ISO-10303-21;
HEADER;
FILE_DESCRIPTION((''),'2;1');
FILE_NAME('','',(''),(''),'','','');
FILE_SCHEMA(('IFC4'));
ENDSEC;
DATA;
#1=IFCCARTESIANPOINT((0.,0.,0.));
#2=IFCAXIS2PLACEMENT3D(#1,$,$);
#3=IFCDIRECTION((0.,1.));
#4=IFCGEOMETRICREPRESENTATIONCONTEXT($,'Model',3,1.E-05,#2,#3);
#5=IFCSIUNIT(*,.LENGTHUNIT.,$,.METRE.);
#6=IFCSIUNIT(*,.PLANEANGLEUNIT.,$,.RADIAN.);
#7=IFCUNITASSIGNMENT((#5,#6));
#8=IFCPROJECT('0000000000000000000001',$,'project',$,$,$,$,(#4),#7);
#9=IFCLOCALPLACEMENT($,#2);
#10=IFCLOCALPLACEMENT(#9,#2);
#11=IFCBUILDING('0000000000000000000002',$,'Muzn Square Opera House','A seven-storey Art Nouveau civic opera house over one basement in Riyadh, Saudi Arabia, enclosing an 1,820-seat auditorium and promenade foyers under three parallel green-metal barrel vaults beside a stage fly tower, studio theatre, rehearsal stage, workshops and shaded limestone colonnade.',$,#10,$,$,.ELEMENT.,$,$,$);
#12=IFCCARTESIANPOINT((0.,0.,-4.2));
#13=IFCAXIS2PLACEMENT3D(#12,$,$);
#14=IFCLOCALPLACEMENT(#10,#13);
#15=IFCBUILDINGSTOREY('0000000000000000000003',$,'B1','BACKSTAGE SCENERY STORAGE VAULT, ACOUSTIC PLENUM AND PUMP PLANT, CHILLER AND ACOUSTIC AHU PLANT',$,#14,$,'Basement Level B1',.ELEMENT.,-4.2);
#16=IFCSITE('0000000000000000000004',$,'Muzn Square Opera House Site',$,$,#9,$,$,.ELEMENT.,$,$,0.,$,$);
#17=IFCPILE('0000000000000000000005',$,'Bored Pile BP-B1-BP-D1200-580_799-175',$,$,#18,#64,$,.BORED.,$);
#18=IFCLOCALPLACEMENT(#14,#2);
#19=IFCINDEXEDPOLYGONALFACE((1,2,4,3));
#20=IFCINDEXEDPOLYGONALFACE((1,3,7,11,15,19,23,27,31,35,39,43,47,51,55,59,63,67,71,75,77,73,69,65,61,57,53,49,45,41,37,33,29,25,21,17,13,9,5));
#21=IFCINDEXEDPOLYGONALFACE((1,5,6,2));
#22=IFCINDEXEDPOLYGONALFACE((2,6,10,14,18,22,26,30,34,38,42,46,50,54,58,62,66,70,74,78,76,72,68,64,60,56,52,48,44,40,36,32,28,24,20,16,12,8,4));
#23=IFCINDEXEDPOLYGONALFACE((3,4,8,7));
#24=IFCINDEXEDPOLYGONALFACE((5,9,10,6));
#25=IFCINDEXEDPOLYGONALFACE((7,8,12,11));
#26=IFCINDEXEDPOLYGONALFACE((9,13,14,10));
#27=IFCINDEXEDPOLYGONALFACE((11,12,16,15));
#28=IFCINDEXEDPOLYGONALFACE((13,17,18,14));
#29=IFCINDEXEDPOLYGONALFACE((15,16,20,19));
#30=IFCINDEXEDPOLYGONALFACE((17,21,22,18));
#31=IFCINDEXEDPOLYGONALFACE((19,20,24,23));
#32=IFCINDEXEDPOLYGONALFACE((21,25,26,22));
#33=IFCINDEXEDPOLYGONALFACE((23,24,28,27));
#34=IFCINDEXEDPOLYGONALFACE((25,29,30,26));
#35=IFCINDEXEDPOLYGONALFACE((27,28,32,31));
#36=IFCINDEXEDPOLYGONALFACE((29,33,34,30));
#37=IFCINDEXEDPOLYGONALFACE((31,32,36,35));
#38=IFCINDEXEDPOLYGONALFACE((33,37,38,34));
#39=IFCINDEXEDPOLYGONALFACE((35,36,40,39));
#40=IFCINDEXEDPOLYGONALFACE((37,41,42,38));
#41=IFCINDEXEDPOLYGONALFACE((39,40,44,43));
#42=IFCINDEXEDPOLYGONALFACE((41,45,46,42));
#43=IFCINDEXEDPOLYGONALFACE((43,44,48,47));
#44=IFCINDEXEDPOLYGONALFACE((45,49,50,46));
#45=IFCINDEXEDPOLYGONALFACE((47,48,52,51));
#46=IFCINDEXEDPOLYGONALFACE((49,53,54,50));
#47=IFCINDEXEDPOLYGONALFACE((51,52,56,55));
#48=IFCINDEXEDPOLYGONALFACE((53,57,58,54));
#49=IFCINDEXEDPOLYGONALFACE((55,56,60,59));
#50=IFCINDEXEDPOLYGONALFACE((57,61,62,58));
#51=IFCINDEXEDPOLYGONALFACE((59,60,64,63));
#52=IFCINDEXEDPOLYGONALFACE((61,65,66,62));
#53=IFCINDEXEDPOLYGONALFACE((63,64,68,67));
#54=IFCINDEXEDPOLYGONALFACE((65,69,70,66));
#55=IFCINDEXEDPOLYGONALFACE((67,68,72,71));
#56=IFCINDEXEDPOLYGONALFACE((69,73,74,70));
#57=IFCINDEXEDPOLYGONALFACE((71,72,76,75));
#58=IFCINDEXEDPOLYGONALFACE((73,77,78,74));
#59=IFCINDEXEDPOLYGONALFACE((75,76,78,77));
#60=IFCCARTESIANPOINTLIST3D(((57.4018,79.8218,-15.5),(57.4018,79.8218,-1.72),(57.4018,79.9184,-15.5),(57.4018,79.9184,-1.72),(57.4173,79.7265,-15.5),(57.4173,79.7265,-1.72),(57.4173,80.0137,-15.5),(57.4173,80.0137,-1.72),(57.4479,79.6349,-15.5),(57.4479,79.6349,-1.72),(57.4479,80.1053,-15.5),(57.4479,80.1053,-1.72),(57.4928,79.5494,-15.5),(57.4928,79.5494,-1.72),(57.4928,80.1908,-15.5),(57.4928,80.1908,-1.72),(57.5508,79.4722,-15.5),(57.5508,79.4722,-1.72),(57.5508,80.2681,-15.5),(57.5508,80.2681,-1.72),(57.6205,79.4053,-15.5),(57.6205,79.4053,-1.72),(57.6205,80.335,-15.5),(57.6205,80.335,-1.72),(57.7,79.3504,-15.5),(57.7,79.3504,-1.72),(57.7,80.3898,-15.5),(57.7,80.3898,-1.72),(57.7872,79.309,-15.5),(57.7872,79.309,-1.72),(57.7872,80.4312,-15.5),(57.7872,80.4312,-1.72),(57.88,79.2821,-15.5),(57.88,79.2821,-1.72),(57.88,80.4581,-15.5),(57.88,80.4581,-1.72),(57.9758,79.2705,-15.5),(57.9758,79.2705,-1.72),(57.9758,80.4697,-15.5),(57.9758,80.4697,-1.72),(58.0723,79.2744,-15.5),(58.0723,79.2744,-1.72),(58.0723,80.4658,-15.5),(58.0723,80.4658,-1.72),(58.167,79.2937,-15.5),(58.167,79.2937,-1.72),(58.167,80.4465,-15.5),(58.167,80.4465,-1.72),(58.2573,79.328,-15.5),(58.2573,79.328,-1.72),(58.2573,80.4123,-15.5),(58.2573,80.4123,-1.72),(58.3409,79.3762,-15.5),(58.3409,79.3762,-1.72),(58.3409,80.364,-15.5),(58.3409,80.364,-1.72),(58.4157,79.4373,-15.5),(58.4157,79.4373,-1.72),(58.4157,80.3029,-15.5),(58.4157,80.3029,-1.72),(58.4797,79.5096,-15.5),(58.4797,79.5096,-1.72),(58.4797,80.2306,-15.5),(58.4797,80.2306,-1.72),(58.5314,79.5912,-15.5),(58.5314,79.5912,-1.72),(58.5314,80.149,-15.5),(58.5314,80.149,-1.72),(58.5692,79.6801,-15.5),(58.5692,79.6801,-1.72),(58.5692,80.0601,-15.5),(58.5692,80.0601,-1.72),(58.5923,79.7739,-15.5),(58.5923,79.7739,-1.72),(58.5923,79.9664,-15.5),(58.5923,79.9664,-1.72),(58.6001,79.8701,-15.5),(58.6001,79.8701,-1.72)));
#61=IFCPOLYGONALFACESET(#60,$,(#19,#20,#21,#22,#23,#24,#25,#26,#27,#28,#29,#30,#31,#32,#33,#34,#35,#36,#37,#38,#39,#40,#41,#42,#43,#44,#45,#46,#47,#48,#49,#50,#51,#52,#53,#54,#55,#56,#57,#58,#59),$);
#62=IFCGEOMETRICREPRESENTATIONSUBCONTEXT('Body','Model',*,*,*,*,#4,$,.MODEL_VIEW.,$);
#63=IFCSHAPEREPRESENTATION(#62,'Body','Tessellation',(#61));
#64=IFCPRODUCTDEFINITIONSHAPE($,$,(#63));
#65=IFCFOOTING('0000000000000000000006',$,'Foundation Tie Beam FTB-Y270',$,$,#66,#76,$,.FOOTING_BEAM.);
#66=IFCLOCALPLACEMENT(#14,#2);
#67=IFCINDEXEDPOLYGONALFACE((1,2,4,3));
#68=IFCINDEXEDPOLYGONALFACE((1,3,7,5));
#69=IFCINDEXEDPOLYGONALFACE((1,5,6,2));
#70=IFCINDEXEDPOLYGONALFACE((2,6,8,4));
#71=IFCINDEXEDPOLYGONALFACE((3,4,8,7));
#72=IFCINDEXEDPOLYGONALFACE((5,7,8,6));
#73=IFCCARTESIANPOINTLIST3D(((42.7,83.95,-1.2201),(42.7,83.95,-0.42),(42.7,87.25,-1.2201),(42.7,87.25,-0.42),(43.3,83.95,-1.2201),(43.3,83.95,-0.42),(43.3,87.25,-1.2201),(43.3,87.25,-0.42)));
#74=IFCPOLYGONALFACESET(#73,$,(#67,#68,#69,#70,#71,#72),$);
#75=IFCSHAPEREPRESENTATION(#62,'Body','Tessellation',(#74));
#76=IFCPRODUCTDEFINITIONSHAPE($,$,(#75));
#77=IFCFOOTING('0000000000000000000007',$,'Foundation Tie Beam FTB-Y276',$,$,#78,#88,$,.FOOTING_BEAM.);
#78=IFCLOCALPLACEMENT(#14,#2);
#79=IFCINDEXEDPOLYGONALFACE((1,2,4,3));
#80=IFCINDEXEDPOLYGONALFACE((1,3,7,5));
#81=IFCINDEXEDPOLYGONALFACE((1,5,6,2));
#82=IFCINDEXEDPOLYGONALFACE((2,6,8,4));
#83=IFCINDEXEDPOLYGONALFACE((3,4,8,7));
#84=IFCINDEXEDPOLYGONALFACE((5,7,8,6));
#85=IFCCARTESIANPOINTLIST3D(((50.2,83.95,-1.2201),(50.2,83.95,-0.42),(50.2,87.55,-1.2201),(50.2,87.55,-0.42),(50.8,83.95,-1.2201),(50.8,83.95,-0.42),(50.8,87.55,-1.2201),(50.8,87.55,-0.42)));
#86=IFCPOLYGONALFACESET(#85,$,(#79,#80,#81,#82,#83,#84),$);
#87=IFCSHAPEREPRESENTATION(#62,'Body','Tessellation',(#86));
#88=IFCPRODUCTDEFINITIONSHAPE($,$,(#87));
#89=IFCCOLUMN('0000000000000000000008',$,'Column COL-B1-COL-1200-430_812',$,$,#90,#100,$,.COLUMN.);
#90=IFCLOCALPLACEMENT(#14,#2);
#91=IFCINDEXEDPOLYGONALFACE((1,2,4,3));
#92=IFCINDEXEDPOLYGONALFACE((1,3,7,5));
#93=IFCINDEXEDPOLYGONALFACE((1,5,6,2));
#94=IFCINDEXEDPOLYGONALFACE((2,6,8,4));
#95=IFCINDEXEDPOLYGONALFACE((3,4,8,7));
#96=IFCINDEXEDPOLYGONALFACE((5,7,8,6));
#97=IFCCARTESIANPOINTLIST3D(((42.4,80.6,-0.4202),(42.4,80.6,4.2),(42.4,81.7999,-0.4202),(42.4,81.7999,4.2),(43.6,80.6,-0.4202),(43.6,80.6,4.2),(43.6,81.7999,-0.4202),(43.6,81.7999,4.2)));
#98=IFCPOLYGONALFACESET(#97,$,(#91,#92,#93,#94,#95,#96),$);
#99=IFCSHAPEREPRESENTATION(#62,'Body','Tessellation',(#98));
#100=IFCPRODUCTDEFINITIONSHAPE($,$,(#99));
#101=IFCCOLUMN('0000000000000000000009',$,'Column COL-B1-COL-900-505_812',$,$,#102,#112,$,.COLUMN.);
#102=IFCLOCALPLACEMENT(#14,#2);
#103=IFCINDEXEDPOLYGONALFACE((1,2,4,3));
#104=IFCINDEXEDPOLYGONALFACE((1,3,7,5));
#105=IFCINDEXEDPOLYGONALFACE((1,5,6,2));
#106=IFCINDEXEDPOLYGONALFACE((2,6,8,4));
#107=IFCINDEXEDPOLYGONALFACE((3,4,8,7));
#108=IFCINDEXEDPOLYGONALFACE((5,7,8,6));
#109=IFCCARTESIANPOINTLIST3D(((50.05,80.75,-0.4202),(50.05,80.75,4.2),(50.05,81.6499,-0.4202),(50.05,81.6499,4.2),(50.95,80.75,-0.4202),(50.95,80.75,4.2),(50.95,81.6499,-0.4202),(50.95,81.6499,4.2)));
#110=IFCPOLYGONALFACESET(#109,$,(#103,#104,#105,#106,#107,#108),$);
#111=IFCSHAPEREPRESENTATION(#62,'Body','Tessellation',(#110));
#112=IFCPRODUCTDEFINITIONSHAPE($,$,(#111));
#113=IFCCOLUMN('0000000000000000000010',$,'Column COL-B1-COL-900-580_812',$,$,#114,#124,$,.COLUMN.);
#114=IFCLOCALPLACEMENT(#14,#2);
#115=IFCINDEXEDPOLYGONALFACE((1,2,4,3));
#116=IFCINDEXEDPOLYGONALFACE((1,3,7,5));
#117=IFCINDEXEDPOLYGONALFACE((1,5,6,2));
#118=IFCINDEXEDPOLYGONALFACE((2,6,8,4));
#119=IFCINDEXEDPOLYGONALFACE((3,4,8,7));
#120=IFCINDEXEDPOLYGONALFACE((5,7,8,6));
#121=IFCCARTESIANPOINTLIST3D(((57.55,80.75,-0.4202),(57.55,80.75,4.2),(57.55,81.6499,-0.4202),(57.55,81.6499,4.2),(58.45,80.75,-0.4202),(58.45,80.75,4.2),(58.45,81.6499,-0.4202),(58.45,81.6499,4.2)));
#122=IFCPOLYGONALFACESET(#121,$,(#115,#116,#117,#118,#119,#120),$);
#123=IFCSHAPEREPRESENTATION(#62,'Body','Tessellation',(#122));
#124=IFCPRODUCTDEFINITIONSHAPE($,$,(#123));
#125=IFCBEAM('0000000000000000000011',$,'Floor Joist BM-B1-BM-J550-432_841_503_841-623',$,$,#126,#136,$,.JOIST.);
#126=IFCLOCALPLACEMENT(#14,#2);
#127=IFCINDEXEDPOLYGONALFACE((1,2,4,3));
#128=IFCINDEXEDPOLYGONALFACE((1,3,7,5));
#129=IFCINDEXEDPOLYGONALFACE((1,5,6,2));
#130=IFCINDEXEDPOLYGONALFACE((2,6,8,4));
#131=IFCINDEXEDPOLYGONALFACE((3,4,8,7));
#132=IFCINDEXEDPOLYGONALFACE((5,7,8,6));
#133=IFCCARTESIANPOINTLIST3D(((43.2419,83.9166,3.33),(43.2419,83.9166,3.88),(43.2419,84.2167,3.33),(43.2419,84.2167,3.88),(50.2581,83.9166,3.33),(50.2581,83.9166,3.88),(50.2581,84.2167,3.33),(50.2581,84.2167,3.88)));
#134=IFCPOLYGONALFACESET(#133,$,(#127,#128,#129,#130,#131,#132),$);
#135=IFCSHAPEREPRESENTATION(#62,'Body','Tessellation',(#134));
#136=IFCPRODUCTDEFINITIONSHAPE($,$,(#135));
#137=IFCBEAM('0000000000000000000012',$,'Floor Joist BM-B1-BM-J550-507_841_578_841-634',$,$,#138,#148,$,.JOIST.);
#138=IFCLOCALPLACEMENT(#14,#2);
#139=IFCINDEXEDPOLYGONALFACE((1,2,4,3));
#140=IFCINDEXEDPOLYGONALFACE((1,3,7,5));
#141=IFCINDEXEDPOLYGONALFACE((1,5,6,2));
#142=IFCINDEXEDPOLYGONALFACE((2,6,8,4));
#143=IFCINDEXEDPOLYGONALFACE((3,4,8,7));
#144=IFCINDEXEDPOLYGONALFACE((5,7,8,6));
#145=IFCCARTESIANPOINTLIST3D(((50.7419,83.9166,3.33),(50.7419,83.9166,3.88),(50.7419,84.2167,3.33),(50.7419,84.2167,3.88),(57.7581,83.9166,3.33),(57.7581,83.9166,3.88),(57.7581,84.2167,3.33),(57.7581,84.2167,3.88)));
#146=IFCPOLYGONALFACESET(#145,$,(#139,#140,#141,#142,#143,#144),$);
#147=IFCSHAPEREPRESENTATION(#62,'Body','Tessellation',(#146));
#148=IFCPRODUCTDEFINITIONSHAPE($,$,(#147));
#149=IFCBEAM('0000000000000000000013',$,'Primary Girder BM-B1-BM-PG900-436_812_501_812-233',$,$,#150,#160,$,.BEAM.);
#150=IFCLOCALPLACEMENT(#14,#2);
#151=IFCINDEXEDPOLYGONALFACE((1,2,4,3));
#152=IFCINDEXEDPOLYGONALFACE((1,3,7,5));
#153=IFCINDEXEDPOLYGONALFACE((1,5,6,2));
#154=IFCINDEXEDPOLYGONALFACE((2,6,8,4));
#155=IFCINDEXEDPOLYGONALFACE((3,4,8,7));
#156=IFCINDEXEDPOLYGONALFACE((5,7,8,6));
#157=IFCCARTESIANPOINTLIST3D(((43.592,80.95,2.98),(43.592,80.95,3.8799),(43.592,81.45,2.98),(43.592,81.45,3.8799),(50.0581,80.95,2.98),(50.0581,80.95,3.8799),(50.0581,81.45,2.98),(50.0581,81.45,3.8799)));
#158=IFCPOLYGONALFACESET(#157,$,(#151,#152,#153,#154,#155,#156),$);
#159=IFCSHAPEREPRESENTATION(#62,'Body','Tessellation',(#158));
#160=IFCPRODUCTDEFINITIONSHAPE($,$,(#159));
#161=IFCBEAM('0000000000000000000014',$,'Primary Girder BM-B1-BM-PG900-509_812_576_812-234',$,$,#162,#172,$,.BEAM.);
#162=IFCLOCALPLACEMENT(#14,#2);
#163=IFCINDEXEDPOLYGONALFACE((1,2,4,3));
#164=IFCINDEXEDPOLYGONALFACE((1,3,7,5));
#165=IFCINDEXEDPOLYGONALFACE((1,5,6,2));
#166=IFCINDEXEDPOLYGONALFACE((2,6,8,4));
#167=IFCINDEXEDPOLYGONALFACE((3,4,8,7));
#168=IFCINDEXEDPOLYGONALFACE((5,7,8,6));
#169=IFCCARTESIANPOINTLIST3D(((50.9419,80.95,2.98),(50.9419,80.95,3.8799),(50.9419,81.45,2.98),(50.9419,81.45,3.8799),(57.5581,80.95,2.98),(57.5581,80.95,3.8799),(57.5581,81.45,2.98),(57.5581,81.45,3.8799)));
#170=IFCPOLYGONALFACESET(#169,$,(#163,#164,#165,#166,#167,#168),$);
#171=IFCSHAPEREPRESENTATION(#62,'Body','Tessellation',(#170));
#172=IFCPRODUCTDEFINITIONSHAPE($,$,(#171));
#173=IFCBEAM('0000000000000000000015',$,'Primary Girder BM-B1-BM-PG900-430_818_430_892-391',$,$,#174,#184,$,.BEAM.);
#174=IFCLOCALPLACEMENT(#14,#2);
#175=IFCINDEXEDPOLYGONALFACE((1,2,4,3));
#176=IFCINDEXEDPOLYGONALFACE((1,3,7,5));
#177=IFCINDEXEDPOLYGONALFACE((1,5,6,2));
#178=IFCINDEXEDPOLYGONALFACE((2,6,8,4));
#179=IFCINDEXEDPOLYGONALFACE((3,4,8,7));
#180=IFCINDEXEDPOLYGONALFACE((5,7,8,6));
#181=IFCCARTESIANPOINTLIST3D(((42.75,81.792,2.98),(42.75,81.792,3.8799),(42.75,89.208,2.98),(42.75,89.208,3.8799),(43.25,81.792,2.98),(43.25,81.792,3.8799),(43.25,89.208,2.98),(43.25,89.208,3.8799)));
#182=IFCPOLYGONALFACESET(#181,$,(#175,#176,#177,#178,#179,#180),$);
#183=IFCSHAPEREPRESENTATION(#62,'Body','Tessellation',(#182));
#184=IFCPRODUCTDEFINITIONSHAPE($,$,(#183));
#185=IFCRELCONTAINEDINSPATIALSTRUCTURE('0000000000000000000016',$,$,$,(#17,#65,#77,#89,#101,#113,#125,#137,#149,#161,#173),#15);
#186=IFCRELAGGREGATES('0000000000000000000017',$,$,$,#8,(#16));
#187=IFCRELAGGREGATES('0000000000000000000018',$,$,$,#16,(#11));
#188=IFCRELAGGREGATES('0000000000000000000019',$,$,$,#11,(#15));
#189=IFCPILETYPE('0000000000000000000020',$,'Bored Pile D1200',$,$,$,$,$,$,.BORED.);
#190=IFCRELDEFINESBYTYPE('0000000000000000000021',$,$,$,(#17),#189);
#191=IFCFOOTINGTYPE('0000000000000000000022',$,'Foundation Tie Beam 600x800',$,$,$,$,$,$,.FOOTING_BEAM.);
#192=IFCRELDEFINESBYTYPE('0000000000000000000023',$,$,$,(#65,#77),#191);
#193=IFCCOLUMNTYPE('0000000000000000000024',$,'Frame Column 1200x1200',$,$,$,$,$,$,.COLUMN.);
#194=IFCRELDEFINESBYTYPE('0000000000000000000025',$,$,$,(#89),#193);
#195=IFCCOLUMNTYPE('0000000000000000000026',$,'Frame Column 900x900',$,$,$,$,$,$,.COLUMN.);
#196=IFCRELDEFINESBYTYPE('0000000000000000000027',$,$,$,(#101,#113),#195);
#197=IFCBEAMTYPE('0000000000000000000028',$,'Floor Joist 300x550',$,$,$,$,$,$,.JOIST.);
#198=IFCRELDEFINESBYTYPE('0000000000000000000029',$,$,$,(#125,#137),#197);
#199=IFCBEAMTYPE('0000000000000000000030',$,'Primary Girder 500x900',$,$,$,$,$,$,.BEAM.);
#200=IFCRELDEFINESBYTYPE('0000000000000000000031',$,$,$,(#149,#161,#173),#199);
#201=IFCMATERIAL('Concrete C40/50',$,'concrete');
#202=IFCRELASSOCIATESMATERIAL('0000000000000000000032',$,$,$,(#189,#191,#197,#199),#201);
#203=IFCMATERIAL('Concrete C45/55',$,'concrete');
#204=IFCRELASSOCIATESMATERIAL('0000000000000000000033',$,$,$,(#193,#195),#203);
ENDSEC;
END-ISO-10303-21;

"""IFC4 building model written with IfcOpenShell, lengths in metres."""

from ifc_helpers import new_model, si_unit, direction, frame, origin, origin_2d, place, context, subcontext, project, spatial, rectangle, circle, extrude, material, material_profile, profile_set, type_object, element, save


model = new_model("IFC4")

# Units and contexts
model_context = context("Model", 3, precision=1e-05, world=origin(), true_north=direction((0.0, 1.0)))
body_context = subcontext(model_context, "Body", "Model", "MODEL_VIEW")
ifc_project = project(units=[si_unit("LENGTHUNIT", "METRE"), si_unit("PLANEANGLEUNIT", "RADIAN")], contexts=[model_context])

# Site, building, storey
site_placement = place(None, origin())
site = spatial("IfcSite", under=ifc_project, at=site_placement, Name="Muzn Square Opera House Site", CompositionType="ELEMENT", RefElevation=0.0)
building_placement = place(site_placement, origin())
building = spatial("IfcBuilding", under=site, at=building_placement, Name="Muzn Square Opera House", Description="A seven-storey Art Nouveau civic opera house over one basement in Riyadh, Saudi Arabia, enclosing an 1,820-seat auditorium and promenade foyers under three parallel green-metal barrel vaults beside a stage fly tower, studio theatre, rehearsal stage, workshops and shaded limestone colonnade.", CompositionType="ELEMENT")
storey_placement = place(building_placement, frame((0.0, 0.0, -4.2)))
storey = spatial("IfcBuildingStorey", under=building, at=storey_placement, Name="B1", Description="BACKSTAGE SCENERY STORAGE VAULT, ACOUSTIC PLENUM AND PUMP PLANT, CHILLER AND ACOUSTIC AHU PLANT", LongName="Basement Level B1", CompositionType="ELEMENT", Elevation=-4.2)

# Pile
ifc_material_1 = material(Name="Concrete C40/50", Category="concrete")
ifc_material_profile_1 = material_profile(ifc_material_1, circle(Radius=0.6001, at=origin_2d()), Name="BORED PILE D1200", Category="concrete")
ifc_profile_set_1 = profile_set([ifc_material_profile_1], Name="Concrete C40/50")
pile_type = type_object("IfcPileType", Name="Bored Pile D1200", PredefinedType="BORED", material=ifc_profile_set_1)
for number, where, z_axis, x_axis, name in (
    (1, (58.0, 79.8701, -1.72), (0.0, 0.0, -1.0), (1.0, 0.0, 0.0), "Bored Pile BP-B1-BP-D1200-580_799-175"),
):
    element("IfcPile", number, at=place(storey_placement, frame(where, z_axis=z_axis, x_axis=x_axis)), inside=storey, type_object=pile_type, Name=name, PredefinedType="BORED", context=body_context, shape_type="SweptSolid", body=[
        extrude(circle(Radius=0.6001, at=origin_2d()), origin(), (0.0, 0.0, 1.0), 13.78),
    ])

# Footings
ifc_material_profile_2 = material_profile(ifc_material_1, rectangle(XDim=0.6001, YDim=0.8, at=origin_2d()), Name="RCTB 600x800", Category="concrete")
ifc_profile_set_2 = profile_set([ifc_material_profile_2], Name="Concrete C40/50")
footing_type = type_object("IfcFootingType", Name="Foundation Tie Beam 600x800", PredefinedType="FOOTING_BEAM", material=ifc_profile_set_2)
footing_1_placement = place(storey_placement, frame((43.0, 83.95, -0.8201), z_axis=(0.0, 1.0, 0.0), x_axis=(-1.0, 0.0, 0.0)))
element("IfcFooting", 2, at=footing_1_placement, inside=storey, type_object=footing_type, Name="Foundation Tie Beam FTB-Y270", PredefinedType="FOOTING_BEAM", context=body_context, shape_type="SweptSolid", body=[
    extrude(rectangle(XDim=0.6001, YDim=0.8, at=origin_2d()), origin(), (0.0, 0.0, 1.0), 3.3),
])
footing_2_placement = place(storey_placement, frame((50.5, 83.95, -0.8201), z_axis=(0.0, 1.0, 0.0), x_axis=(-1.0, 0.0, 0.0)))
element("IfcFooting", 3, at=footing_2_placement, inside=storey, type_object=footing_type, Name="Foundation Tie Beam FTB-Y276", PredefinedType="FOOTING_BEAM", context=body_context, shape_type="SweptSolid", body=[
    extrude(rectangle(XDim=0.6001, YDim=0.8, at=origin_2d()), origin(), (0.0, 0.0, 1.0), 3.6001),
])

# Columns
ifc_material_2 = material(Name="Concrete C45/55", Category="concrete")
ifc_material_profile_3 = material_profile(ifc_material_2, rectangle(XDim=1.2, YDim=1.2, at=origin_2d()), Name="RC 1200x1200", Category="concrete")
ifc_profile_set_3 = profile_set([ifc_material_profile_3], Name="Concrete C45/55")
column_type_1 = type_object("IfcColumnType", Name="Frame Column 1200x1200", PredefinedType="COLUMN", material=ifc_profile_set_3)
column_placement = place(storey_placement, frame((43.0, 81.2, -0.4202), z_axis=(0.0, 0.0, 1.0), x_axis=(1.0, 0.0, 0.0)))
element("IfcColumn", 4, at=column_placement, inside=storey, type_object=column_type_1, Name="Column COL-B1-COL-1200-430_812", PredefinedType="COLUMN", context=body_context, shape_type="SweptSolid", body=[
    extrude(rectangle(XDim=1.2, YDim=1.2, at=origin_2d()), origin(), (0.0, 0.0, 1.0), 4.6201),
])
ifc_material_profile_4 = material_profile(ifc_material_2, rectangle(XDim=0.8999, YDim=0.8999, at=origin_2d()), Name="RC 900x900", Category="concrete")
ifc_profile_set_4 = profile_set([ifc_material_profile_4], Name="Concrete C45/55")
column_type_2 = type_object("IfcColumnType", Name="Frame Column 900x900", PredefinedType="COLUMN", material=ifc_profile_set_4)
for number, where, z_axis, x_axis, name in (
    (5, (50.5, 81.2, -0.4202), (0.0, 0.0, 1.0), (1.0, 0.0, 0.0), "Column COL-B1-COL-900-505_812"),
    (6, (58.0, 81.2, -0.4202), (0.0, 0.0, 1.0), (1.0, 0.0, 0.0), "Column COL-B1-COL-900-580_812"),
):
    element("IfcColumn", number, at=place(storey_placement, frame(where, z_axis=z_axis, x_axis=x_axis)), inside=storey, type_object=column_type_2, Name=name, PredefinedType="COLUMN", context=body_context, shape_type="SweptSolid", body=[
        extrude(rectangle(XDim=0.8999, YDim=0.8999, at=origin_2d()), origin(), (0.0, 0.0, 1.0), 4.6201),
    ])

# Beams
ifc_material_profile_5 = material_profile(ifc_material_1, rectangle(XDim=0.3, YDim=0.55, at=origin_2d()), Name="RCJ 300x550", Category="concrete")
ifc_profile_set_5 = profile_set([ifc_material_profile_5], Name="Concrete C40/50")
beam_type_1 = type_object("IfcBeamType", Name="Floor Joist 300x550", PredefinedType="JOIST", material=ifc_profile_set_5)
for number, where, z_axis, x_axis, name in (
    (7, (43.2419, 84.0667, 3.605), (1.0, 0.0, 0.0), (0.0, 1.0, 0.0), "Floor Joist BM-B1-BM-J550-432_841_503_841-623"),
    (8, (50.7419, 84.0667, 3.605), (1.0, 0.0, 0.0), (0.0, 1.0, 0.0), "Floor Joist BM-B1-BM-J550-507_841_578_841-634"),
):
    element("IfcBeam", number, at=place(storey_placement, frame(where, z_axis=z_axis, x_axis=x_axis)), inside=storey, type_object=beam_type_1, Name=name, PredefinedType="JOIST", context=body_context, shape_type="SweptSolid", body=[
        extrude(rectangle(XDim=0.3, YDim=0.55, at=origin_2d()), origin(), (0.0, 0.0, 1.0), 7.0161),
    ])
ifc_material_profile_6 = material_profile(ifc_material_1, rectangle(XDim=0.5, YDim=0.8999, at=origin_2d()), Name="RCB 500x900", Category="concrete")
ifc_profile_set_6 = profile_set([ifc_material_profile_6], Name="Concrete C40/50")
beam_type_2 = type_object("IfcBeamType", Name="Primary Girder 500x900", PredefinedType="BEAM", material=ifc_profile_set_6)
beam_1_placement = place(storey_placement, frame((43.592, 81.2, 3.4299), z_axis=(1.0, 0.0, 0.0), x_axis=(0.0, 1.0, 0.0)))
element("IfcBeam", 9, at=beam_1_placement, inside=storey, type_object=beam_type_2, Name="Primary Girder BM-B1-BM-PG900-436_812_501_812-233", PredefinedType="BEAM", context=body_context, shape_type="SweptSolid", body=[
    extrude(rectangle(XDim=0.5, YDim=0.8999, at=origin_2d()), origin(), (0.0, 0.0, 1.0), 6.4661),
])
beam_2_placement = place(storey_placement, frame((50.9419, 81.2, 3.4299), z_axis=(1.0, 0.0, 0.0), x_axis=(0.0, 1.0, 0.0)))
element("IfcBeam", 10, at=beam_2_placement, inside=storey, type_object=beam_type_2, Name="Primary Girder BM-B1-BM-PG900-509_812_576_812-234", PredefinedType="BEAM", context=body_context, shape_type="SweptSolid", body=[
    extrude(rectangle(XDim=0.5, YDim=0.8999, at=origin_2d()), origin(), (0.0, 0.0, 1.0), 6.6162),
])
beam_3_placement = place(storey_placement, frame((43.0, 81.792, 3.4299), z_axis=(0.0, 1.0, 0.0), x_axis=(-1.0, 0.0, 0.0)))
element("IfcBeam", 11, at=beam_3_placement, inside=storey, type_object=beam_type_2, Name="Primary Girder BM-B1-BM-PG900-430_818_430_892-391", PredefinedType="BEAM", context=body_context, shape_type="SweptSolid", body=[
    extrude(rectangle(XDim=0.5, YDim=0.8999, at=origin_2d()), origin(), (0.0, 0.0, 1.0), 7.416),
])

save(model, "model.ifc")
